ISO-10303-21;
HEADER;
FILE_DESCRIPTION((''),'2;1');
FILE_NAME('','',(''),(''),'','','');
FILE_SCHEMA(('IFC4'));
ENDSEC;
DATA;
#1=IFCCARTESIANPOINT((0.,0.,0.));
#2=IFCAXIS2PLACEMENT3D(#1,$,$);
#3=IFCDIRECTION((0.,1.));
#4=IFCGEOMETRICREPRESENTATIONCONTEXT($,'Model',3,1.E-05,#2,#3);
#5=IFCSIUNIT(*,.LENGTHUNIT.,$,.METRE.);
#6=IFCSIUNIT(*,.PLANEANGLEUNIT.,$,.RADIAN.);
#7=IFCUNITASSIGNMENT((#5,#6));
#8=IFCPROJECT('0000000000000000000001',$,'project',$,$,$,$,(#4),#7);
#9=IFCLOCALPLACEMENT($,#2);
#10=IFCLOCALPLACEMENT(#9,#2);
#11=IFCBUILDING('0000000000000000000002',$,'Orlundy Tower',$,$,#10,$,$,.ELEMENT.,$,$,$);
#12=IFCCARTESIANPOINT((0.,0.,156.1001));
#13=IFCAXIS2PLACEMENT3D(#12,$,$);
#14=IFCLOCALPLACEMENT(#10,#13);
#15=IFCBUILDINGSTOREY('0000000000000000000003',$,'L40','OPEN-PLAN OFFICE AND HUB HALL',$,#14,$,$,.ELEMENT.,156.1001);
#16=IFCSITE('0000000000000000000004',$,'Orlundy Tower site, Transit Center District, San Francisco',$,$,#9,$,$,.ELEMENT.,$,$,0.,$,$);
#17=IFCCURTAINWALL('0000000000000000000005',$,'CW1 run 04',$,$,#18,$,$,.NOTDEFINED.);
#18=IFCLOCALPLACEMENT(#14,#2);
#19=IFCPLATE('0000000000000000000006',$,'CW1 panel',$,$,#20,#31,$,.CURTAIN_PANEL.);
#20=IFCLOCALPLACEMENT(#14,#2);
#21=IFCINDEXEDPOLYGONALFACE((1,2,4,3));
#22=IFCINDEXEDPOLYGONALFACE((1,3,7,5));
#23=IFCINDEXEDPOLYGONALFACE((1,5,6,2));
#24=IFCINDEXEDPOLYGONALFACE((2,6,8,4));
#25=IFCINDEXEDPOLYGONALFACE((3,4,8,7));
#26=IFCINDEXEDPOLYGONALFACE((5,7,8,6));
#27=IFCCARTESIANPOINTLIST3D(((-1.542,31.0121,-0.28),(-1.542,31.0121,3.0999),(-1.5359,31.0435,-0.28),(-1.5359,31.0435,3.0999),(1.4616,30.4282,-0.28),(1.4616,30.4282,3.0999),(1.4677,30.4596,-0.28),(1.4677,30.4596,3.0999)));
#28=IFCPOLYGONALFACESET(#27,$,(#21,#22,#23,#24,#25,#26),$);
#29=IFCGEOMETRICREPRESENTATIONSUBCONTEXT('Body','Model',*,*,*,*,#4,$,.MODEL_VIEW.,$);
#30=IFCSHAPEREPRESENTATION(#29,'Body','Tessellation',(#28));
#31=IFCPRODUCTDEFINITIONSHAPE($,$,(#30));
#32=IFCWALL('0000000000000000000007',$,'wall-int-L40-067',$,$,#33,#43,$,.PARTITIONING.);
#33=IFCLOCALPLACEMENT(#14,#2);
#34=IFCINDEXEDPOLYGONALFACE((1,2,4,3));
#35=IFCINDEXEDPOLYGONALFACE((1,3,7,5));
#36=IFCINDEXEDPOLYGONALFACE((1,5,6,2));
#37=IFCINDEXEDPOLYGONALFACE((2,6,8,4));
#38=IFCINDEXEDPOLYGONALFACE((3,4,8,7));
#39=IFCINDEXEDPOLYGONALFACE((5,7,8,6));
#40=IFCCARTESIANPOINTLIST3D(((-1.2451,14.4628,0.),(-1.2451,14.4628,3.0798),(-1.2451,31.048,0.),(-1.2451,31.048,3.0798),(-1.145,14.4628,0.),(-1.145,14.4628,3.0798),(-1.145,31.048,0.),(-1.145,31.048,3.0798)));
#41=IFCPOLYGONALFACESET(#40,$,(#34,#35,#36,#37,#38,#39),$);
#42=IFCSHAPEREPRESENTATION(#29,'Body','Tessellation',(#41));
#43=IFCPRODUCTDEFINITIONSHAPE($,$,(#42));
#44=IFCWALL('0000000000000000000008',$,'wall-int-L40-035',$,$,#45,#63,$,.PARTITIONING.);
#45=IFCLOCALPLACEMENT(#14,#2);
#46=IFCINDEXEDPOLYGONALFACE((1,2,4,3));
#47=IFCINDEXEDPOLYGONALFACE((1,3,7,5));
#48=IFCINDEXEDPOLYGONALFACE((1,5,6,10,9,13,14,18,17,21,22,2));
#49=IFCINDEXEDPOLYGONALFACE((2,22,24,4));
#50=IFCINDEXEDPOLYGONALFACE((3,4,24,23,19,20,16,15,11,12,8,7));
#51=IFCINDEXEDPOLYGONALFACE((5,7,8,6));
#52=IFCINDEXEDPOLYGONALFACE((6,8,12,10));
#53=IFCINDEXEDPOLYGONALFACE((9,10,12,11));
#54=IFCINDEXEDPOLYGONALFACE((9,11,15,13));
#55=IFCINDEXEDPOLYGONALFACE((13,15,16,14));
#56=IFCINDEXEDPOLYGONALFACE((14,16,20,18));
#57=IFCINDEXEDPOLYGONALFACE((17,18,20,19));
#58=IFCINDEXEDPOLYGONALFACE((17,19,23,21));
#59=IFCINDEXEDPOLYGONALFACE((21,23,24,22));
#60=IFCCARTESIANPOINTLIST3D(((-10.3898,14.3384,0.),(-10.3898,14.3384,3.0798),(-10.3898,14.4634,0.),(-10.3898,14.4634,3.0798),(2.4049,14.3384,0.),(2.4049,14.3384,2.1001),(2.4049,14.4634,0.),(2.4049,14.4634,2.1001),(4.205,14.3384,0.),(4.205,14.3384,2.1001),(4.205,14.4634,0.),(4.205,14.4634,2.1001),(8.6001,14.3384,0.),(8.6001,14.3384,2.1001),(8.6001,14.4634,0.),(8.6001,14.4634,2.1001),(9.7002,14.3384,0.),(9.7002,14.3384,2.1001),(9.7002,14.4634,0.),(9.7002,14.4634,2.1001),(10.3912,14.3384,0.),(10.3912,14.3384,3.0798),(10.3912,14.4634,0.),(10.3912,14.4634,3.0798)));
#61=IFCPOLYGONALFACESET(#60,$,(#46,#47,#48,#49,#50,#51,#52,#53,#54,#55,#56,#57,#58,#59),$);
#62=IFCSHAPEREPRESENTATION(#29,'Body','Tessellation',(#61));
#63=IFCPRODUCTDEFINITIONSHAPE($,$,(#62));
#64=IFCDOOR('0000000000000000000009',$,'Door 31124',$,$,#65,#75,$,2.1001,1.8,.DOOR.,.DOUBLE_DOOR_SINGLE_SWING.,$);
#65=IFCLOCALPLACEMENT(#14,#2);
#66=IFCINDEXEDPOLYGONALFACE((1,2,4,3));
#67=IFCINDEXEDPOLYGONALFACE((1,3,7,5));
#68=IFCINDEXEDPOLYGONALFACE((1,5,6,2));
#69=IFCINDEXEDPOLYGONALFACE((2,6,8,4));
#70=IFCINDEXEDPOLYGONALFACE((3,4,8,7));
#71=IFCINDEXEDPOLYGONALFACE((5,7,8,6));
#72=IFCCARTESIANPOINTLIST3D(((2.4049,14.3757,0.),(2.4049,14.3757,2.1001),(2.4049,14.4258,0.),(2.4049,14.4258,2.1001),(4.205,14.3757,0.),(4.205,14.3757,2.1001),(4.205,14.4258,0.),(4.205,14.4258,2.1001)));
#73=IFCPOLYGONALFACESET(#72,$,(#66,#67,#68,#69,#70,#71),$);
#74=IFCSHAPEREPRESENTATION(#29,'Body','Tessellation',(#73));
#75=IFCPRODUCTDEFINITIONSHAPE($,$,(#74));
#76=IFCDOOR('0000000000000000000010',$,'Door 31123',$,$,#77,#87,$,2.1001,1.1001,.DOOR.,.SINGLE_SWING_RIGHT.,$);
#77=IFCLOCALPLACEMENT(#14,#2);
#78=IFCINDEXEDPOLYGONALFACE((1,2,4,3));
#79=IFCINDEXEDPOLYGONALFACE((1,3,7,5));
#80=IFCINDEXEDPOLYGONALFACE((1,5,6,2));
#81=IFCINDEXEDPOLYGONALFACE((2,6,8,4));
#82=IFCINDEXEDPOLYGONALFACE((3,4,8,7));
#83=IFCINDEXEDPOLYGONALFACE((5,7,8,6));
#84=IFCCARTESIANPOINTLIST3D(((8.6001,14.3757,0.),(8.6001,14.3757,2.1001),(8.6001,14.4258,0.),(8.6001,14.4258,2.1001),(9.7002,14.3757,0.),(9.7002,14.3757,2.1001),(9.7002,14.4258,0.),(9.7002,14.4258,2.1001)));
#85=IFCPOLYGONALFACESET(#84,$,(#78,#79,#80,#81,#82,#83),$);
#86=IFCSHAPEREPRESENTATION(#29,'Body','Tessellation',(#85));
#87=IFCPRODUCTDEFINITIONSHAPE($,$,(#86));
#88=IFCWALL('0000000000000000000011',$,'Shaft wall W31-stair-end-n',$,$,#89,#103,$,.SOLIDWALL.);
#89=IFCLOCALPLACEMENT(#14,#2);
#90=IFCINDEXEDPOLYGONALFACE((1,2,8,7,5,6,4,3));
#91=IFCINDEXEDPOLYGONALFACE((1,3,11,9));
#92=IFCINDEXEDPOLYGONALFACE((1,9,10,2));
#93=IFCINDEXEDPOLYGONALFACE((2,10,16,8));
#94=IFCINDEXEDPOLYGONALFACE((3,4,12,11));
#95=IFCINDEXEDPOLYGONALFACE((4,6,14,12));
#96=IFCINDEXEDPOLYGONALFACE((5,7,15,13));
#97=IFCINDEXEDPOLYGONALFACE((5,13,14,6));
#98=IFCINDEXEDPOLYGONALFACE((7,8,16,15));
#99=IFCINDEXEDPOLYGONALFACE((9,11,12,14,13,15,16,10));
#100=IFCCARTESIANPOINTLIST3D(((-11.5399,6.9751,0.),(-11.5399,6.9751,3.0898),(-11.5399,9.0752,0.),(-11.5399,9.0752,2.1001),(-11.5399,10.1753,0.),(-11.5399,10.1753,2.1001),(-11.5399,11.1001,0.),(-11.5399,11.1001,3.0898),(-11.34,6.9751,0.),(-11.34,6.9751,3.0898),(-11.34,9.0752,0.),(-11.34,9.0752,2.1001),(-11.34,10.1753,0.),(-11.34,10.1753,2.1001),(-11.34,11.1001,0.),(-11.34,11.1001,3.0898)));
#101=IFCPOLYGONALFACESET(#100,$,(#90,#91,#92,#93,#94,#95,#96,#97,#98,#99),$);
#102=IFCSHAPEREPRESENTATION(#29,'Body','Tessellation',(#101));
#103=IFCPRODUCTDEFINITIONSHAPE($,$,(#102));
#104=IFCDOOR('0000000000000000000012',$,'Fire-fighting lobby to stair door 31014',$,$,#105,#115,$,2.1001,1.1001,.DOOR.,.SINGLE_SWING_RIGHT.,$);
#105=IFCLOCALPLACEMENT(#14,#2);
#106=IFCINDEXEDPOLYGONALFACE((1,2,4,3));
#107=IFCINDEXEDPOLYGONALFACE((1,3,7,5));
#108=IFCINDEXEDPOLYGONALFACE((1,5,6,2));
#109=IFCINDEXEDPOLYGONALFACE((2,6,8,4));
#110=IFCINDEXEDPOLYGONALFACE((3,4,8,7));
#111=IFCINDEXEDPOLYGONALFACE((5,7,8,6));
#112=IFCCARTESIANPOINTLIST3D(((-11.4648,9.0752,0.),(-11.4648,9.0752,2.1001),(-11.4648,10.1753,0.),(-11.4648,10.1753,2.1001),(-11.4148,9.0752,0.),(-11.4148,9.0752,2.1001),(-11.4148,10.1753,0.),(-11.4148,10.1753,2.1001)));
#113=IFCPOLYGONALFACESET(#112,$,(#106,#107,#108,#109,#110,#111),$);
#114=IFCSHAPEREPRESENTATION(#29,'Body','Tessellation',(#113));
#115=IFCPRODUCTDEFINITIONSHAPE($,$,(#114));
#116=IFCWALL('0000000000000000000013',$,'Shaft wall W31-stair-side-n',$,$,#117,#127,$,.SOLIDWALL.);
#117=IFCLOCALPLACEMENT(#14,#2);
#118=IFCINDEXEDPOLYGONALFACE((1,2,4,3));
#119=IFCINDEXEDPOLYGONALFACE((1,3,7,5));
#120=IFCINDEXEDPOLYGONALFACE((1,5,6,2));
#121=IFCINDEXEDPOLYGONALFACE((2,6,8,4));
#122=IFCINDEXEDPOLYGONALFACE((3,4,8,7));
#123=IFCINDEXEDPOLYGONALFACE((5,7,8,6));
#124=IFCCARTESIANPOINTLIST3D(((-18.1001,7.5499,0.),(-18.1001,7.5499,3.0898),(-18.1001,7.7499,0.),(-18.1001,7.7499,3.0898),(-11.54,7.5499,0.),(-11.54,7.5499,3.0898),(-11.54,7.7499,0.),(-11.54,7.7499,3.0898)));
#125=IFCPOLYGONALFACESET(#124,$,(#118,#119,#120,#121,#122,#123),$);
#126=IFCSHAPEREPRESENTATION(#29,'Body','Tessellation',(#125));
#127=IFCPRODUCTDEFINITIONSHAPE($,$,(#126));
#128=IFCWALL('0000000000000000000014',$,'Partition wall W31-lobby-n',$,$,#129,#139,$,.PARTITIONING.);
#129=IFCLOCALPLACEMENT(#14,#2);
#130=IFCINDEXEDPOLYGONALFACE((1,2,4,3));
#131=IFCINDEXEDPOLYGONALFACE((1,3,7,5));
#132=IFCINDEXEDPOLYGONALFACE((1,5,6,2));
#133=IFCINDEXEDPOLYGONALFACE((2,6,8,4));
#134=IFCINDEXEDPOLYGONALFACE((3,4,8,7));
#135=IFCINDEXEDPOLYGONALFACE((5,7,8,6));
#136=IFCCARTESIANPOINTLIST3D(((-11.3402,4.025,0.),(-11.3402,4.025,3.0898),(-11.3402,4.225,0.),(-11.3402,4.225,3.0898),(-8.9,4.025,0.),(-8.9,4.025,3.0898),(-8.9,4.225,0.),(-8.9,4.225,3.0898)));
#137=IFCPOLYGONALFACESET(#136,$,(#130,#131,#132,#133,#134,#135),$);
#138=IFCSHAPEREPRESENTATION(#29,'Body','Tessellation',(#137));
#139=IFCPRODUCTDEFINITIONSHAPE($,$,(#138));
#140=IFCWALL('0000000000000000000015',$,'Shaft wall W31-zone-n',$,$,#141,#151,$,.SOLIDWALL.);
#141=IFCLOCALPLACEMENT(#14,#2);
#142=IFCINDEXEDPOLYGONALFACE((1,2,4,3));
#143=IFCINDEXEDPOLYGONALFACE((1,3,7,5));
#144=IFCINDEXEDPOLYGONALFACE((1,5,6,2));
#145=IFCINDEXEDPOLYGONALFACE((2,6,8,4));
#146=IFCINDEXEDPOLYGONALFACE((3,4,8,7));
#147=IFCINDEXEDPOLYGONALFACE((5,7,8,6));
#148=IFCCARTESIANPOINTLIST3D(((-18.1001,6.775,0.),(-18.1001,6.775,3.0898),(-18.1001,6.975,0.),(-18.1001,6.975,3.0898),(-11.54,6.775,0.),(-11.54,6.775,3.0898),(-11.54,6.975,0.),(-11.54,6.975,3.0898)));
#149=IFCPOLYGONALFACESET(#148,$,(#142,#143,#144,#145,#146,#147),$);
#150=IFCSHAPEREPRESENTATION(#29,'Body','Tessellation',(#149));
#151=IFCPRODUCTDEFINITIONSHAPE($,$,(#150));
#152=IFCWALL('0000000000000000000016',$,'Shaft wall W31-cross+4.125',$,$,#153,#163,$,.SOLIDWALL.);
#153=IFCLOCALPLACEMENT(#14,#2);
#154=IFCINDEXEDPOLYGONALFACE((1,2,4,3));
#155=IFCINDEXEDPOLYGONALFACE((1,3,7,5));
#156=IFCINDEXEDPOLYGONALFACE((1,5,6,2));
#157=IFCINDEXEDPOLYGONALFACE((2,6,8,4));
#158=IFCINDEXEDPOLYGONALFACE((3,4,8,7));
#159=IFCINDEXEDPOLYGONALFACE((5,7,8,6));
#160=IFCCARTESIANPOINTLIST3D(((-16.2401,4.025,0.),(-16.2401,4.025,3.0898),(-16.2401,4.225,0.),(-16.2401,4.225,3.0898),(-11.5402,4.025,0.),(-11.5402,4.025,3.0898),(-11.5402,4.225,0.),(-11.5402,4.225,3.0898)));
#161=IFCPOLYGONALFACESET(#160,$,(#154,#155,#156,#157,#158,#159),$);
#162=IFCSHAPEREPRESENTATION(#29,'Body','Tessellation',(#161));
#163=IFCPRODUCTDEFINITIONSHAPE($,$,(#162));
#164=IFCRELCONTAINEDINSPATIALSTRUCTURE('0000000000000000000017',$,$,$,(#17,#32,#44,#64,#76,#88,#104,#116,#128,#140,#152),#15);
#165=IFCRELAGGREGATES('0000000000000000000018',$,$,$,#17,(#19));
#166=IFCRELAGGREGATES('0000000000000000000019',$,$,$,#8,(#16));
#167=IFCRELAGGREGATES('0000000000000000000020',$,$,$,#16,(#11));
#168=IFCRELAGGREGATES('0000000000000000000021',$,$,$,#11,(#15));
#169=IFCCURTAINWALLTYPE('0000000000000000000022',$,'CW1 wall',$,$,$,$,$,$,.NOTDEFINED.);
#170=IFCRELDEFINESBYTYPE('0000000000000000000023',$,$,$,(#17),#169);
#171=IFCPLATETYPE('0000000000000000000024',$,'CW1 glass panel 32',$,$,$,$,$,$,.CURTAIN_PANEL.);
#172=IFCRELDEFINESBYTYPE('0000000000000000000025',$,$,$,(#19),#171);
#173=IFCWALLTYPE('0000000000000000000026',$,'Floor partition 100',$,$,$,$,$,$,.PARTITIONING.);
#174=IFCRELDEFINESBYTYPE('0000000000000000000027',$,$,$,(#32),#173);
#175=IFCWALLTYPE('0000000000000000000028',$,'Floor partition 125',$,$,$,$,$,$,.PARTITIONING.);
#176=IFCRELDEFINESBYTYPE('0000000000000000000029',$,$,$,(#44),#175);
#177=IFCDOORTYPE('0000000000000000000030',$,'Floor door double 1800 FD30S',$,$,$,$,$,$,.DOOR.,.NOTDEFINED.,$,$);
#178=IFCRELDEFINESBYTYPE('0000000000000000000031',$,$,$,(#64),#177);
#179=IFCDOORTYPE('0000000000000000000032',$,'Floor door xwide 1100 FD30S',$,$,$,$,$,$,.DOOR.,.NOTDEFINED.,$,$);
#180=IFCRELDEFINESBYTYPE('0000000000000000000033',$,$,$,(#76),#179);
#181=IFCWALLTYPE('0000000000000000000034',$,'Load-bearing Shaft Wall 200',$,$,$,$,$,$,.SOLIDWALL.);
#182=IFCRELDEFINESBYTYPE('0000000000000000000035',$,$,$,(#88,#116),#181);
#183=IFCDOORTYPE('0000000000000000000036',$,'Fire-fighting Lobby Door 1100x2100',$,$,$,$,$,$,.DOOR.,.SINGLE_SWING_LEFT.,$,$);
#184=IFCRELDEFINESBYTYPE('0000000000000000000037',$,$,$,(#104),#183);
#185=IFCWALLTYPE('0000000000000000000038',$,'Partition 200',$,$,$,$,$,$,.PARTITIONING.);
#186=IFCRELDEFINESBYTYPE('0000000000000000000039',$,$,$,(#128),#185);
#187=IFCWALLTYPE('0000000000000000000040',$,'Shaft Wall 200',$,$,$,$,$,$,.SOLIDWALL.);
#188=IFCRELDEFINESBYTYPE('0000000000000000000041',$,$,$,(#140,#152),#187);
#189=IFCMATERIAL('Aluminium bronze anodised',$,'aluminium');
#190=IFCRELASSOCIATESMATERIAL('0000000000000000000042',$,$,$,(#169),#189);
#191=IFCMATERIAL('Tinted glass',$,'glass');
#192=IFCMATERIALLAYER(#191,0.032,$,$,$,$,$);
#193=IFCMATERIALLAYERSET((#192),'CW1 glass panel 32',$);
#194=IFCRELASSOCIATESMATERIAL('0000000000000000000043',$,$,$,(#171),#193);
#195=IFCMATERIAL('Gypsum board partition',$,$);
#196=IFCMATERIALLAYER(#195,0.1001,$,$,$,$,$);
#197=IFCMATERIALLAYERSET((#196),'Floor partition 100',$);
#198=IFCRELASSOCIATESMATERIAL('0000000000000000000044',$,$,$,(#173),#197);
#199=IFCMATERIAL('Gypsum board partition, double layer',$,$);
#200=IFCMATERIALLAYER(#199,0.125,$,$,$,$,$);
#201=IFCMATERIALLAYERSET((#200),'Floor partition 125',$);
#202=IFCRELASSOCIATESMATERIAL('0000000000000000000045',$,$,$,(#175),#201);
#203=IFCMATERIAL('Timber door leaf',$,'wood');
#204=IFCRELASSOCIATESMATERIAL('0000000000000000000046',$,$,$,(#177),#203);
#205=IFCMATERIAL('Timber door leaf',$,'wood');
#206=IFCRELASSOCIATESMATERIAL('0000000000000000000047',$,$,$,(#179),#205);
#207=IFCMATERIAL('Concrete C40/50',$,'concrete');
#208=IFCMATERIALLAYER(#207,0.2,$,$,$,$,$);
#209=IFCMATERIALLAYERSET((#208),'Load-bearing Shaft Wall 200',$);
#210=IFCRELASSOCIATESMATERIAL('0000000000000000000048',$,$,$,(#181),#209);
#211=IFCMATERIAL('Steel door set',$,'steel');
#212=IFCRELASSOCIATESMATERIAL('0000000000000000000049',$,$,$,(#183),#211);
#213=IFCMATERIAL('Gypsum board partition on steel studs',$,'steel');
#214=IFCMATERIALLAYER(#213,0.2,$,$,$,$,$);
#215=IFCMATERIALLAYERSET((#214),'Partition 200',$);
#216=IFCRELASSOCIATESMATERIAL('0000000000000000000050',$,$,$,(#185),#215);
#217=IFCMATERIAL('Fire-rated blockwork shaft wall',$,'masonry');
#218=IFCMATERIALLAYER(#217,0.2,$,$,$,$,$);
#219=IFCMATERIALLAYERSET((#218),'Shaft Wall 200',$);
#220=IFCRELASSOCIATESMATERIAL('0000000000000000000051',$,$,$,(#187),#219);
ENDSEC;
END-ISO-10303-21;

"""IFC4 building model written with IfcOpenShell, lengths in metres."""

from ifc_helpers import new_model, si_unit, direction, frame, frame_2d, origin, origin_2d, place, context, subcontext, project, spatial, rectangle, extrude, material, layer, layer_set, type_object, element, fill, aggregate, save


model = new_model("IFC4")

# Units and contexts
model_context = context("Model", 3, precision=1e-05, world=origin(), true_north=direction((0.0, 1.0)))
body_context = subcontext(model_context, "Body", "Model", "MODEL_VIEW")
ifc_project = project(units=[si_unit("LENGTHUNIT", "METRE"), si_unit("PLANEANGLEUNIT", "RADIAN")], contexts=[model_context])

# Site, building, storey
site_placement = place(None, origin())
site = spatial("IfcSite", under=ifc_project, at=site_placement, Name="Orlundy Tower site, Transit Center District, San Francisco", CompositionType="ELEMENT", RefElevation=0.0)
building_placement = place(site_placement, origin())
building = spatial("IfcBuilding", under=site, at=building_placement, Name="Orlundy Tower", CompositionType="ELEMENT")
storey_placement = place(building_placement, frame((0.0, 0.0, 156.1001)))
storey = spatial("IfcBuildingStorey", under=building, at=storey_placement, Name="L40", Description="OPEN-PLAN OFFICE AND HUB HALL", CompositionType="ELEMENT", Elevation=156.1001)

# Curtain wall
ifc_material_1 = material(Name="Aluminium bronze anodised", Category="aluminium")
curtain_wall_type = type_object("IfcCurtainWallType", Name="CW1 wall", PredefinedType="NOTDEFINED", material=ifc_material_1)
curtain_wall_1_placement = place(storey_placement, origin())
curtain_wall_1 = element("IfcCurtainWall", 1, at=curtain_wall_1_placement, inside=storey, type_object=curtain_wall_type, Name="CW1 run 04", PredefinedType="NOTDEFINED")

# Plate
ifc_material_2 = material(Name="Tinted glass", Category="glass")
ifc_layer_1 = layer(ifc_material_2, 0.032)
ifc_layer_set_1 = layer_set([ifc_layer_1], Name="CW1 glass panel 32")
plate_type = type_object("IfcPlateType", Name="CW1 glass panel 32", PredefinedType="CURTAIN_PANEL", material=ifc_layer_set_1)
plate_1_placement = place(storey_placement, frame((-0.0371, 30.7358, -0.28), z_axis=(0.0, 0.0, 1.0), x_axis=(0.981628, -0.190805, 0.0)))
plate_1 = element("IfcPlate", 2, at=plate_1_placement, type_object=plate_type, Name="CW1 panel", PredefinedType="CURTAIN_PANEL", context=body_context, shape_type="SweptSolid", body=[
    extrude(rectangle(XDim=3.0598, YDim=0.032, at=origin_2d()), origin(), (0.0, 0.0, 1.0), 3.3799),
])
aggregate(curtain_wall_1, [plate_1])

# Wall
ifc_material_3 = material(Name="Gypsum board partition")
ifc_layer_2 = layer(ifc_material_3, 0.1001)
ifc_layer_set_2 = layer_set([ifc_layer_2], Name="Floor partition 100")
wall_type_1 = type_object("IfcWallType", Name="Floor partition 100", PredefinedType="PARTITIONING", material=ifc_layer_set_2)
wall_1_placement = place(storey_placement, frame((-1.1951, 14.4629, 0.0), z_axis=(0.0, 0.0, 1.0), x_axis=(0.0, 1.0, 0.0)))
element("IfcWall", 3, at=wall_1_placement, inside=storey, type_object=wall_type_1, Name="wall-int-L40-067", PredefinedType="PARTITIONING", context=body_context, shape_type="SweptSolid", body=[
    extrude(rectangle(XDim=16.5852, YDim=0.1001, at=frame_2d((8.2925, 0.0))), origin(), (0.0, 0.0, 1.0), 3.0798),
])

# Wall, openings, doors
ifc_material_4 = material(Name="Gypsum board partition, double layer")
ifc_layer_3 = layer(ifc_material_4, 0.125)
ifc_layer_set_3 = layer_set([ifc_layer_3], Name="Floor partition 125")
wall_type_2 = type_object("IfcWallType", Name="Floor partition 125", PredefinedType="PARTITIONING", material=ifc_layer_set_3)
wall_2_placement = place(storey_placement, frame((-10.3899, 14.4009, 0.0), z_axis=(0.0, 0.0, 1.0), x_axis=(1.0, 0.0, 0.0)))
wall_2 = element("IfcWall", 4, at=wall_2_placement, inside=storey, type_object=wall_type_2, Name="wall-int-L40-035", PredefinedType="PARTITIONING", context=body_context, shape_type="SweptSolid", body=[
    extrude(rectangle(XDim=20.781, YDim=0.125, at=frame_2d((10.3906, 0.0))), origin(), (0.0, 0.0, 1.0), 3.0798),
])
opening_1_placement = place(wall_2_placement, frame((18.99, 0.0, 0.0)))
opening_1 = element("IfcOpeningElement", 5, at=opening_1_placement, cuts=wall_2, PredefinedType="OPENING", context=body_context, shape_type="SweptSolid", body=[
    extrude(rectangle(XDim=1.1001, YDim=2.1001, at=frame_2d((0.55, 1.05))), frame((0.0, 0.0725, 0.0), z_axis=(0.0, -1.0, 0.0), x_axis=(1.0, 0.0, 0.0)), (0.0, 0.0, 1.0), 0.145),
])
opening_2_placement = place(wall_2_placement, frame((12.7949, 0.0, 0.0)))
opening_2 = element("IfcOpeningElement", 6, at=opening_2_placement, cuts=wall_2, PredefinedType="OPENING", context=body_context, shape_type="SweptSolid", body=[
    extrude(rectangle(XDim=1.8, YDim=2.1001, at=frame_2d((0.8999, 1.05))), frame((0.0, 0.0725, 0.0), z_axis=(0.0, -1.0, 0.0), x_axis=(1.0, 0.0, 0.0)), (0.0, 0.0, 1.0), 0.145),
])
ifc_material_5 = material(Name="Timber door leaf", Category="wood")
door_type_1 = type_object("IfcDoorType", Name="Floor door double 1800 FD30S", OperationType="NOTDEFINED", PredefinedType="DOOR", material=ifc_material_5)
door_1_placement = place(opening_2_placement, origin())
door_1 = element("IfcDoor", 7, at=door_1_placement, inside=storey, type_object=door_type_1, Name="Door 31124", OperationType="DOUBLE_DOOR_SINGLE_SWING", OverallHeight=2.1001, OverallWidth=1.8, PredefinedType="DOOR", context=body_context, shape_type="SweptSolid", body=[
    extrude(rectangle(XDim=1.8, YDim=2.1001, at=frame_2d((0.8999, 1.05))), frame((0.0, 0.0249, 0.0), z_axis=(0.0, -1.0, 0.0), x_axis=(1.0, 0.0, 0.0)), (0.0, 0.0, 1.0), 0.05),
])
fill(opening_2, door_1)
ifc_material_6 = material(Name="Timber door leaf", Category="wood")
door_type_2 = type_object("IfcDoorType", Name="Floor door xwide 1100 FD30S", OperationType="NOTDEFINED", PredefinedType="DOOR", material=ifc_material_6)
door_2_placement = place(opening_1_placement, origin())
door_2 = element("IfcDoor", 8, at=door_2_placement, inside=storey, type_object=door_type_2, Name="Door 31123", OperationType="SINGLE_SWING_RIGHT", OverallHeight=2.1001, OverallWidth=1.1001, PredefinedType="DOOR", context=body_context, shape_type="SweptSolid", body=[
    extrude(rectangle(XDim=1.1001, YDim=2.1001, at=frame_2d((0.55, 1.05))), frame((0.0, 0.0249, 0.0), z_axis=(0.0, -1.0, 0.0), x_axis=(1.0, 0.0, 0.0)), (0.0, 0.0, 1.0), 0.05),
])
fill(opening_1, door_2)

# Wall, opening, door
ifc_material_7 = material(Name="Concrete C40/50", Category="concrete")
ifc_layer_4 = layer(ifc_material_7, 0.2)
ifc_layer_set_4 = layer_set([ifc_layer_4], Name="Load-bearing Shaft Wall 200")
wall_type_3 = type_object("IfcWallType", Name="Load-bearing Shaft Wall 200", PredefinedType="SOLIDWALL", material=ifc_layer_set_4)
wall_3_placement = place(storey_placement, frame((-11.4399, 6.9751, 0.0), z_axis=(0.0, 0.0, 1.0), x_axis=(0.0, 1.0, 0.0)))
wall_3 = element("IfcWall", 9, at=wall_3_placement, inside=storey, type_object=wall_type_3, Name="Shaft wall W31-stair-end-n", PredefinedType="SOLIDWALL", context=body_context, shape_type="SweptSolid", body=[
    extrude(rectangle(XDim=4.125, YDim=0.2, at=frame_2d((2.0625, 0.0))), origin(), (0.0, 0.0, 1.0), 3.0898),
])
opening_3_placement = place(wall_3_placement, frame((2.1001, 0.0, 0.0)))
opening_3 = element("IfcOpeningElement", 10, at=opening_3_placement, cuts=wall_3, PredefinedType="OPENING", context=body_context, shape_type="SweptSolid", body=[
    extrude(rectangle(XDim=1.1001, YDim=2.1001, at=frame_2d((0.55, 1.05))), frame((0.0, 0.1101, 0.0), z_axis=(0.0, -1.0, 0.0), x_axis=(1.0, 0.0, 0.0)), (0.0, 0.0, 1.0), 0.2202),
])
ifc_material_8 = material(Name="Steel door set", Category="steel")
door_type_3 = type_object("IfcDoorType", Name="Fire-fighting Lobby Door 1100x2100", OperationType="SINGLE_SWING_LEFT", PredefinedType="DOOR", material=ifc_material_8)
door_3_placement = place(opening_3_placement, origin())
door_3 = element("IfcDoor", 11, at=door_3_placement, inside=storey, type_object=door_type_3, Name="Fire-fighting lobby to stair door 31014", OperationType="SINGLE_SWING_RIGHT", OverallHeight=2.1001, OverallWidth=1.1001, PredefinedType="DOOR", context=body_context, shape_type="SweptSolid", body=[
    extrude(rectangle(XDim=1.1001, YDim=2.1001, at=frame_2d((0.55, 1.05))), frame((0.0, 0.0249, 0.0), z_axis=(0.0, -1.0, 0.0), x_axis=(1.0, 0.0, 0.0)), (0.0, 0.0, 1.0), 0.05),
])
fill(opening_3, door_3)

# Walls
wall_4_placement = place(storey_placement, frame((-11.54, 7.6499, 0.0), z_axis=(0.0, 0.0, 1.0), x_axis=(-1.0, 0.0, 0.0)))
element("IfcWall", 12, at=wall_4_placement, inside=storey, type_object=wall_type_3, Name="Shaft wall W31-stair-side-n", PredefinedType="SOLIDWALL", context=body_context, shape_type="SweptSolid", body=[
    extrude(rectangle(XDim=6.5601, YDim=0.2, at=frame_2d((3.28, 0.0))), origin(), (0.0, 0.0, 1.0), 3.0898),
])
ifc_material_9 = material(Name="Gypsum board partition on steel studs", Category="steel")
ifc_layer_5 = layer(ifc_material_9, 0.2)
ifc_layer_set_5 = layer_set([ifc_layer_5], Name="Partition 200")
wall_type_4 = type_object("IfcWallType", Name="Partition 200", PredefinedType="PARTITIONING", material=ifc_layer_set_5)
wall_5_placement = place(storey_placement, frame((-8.8999, 4.125, 0.0), z_axis=(0.0, 0.0, 1.0), x_axis=(-1.0, 0.0, 0.0)))
element("IfcWall", 13, at=wall_5_placement, inside=storey, type_object=wall_type_4, Name="Partition wall W31-lobby-n", PredefinedType="PARTITIONING", context=body_context, shape_type="SweptSolid", body=[
    extrude(rectangle(XDim=2.4402, YDim=0.2, at=frame_2d((1.2202, 0.0))), origin(), (0.0, 0.0, 1.0), 3.0898),
])
ifc_material_10 = material(Name="Fire-rated blockwork shaft wall", Category="masonry")
ifc_layer_6 = layer(ifc_material_10, 0.2)
ifc_layer_set_6 = layer_set([ifc_layer_6], Name="Shaft Wall 200")
wall_type_5 = type_object("IfcWallType", Name="Shaft Wall 200", PredefinedType="SOLIDWALL", material=ifc_layer_set_6)
wall_6_placement = place(storey_placement, frame((-11.54, 6.875, 0.0), z_axis=(0.0, 0.0, 1.0), x_axis=(-1.0, 0.0, 0.0)))
element("IfcWall", 14, at=wall_6_placement, inside=storey, type_object=wall_type_5, Name="Shaft wall W31-zone-n", PredefinedType="SOLIDWALL", context=body_context, shape_type="SweptSolid", body=[
    extrude(rectangle(XDim=6.5601, YDim=0.2, at=frame_2d((3.28, 0.0))), origin(), (0.0, 0.0, 1.0), 3.0898),
])
wall_7_placement = place(storey_placement, frame((-11.54, 4.125, 0.0), z_axis=(0.0, 0.0, 1.0), x_axis=(-1.0, 0.0, 0.0)))
element("IfcWall", 15, at=wall_7_placement, inside=storey, type_object=wall_type_5, Name="Shaft wall W31-cross+4.125", PredefinedType="SOLIDWALL", context=body_context, shape_type="SweptSolid", body=[
    extrude(rectangle(XDim=4.7, YDim=0.2, at=frame_2d((2.3501, 0.0))), origin(), (0.0, 0.0, 1.0), 3.0898),
])

save(model, "model.ifc")
